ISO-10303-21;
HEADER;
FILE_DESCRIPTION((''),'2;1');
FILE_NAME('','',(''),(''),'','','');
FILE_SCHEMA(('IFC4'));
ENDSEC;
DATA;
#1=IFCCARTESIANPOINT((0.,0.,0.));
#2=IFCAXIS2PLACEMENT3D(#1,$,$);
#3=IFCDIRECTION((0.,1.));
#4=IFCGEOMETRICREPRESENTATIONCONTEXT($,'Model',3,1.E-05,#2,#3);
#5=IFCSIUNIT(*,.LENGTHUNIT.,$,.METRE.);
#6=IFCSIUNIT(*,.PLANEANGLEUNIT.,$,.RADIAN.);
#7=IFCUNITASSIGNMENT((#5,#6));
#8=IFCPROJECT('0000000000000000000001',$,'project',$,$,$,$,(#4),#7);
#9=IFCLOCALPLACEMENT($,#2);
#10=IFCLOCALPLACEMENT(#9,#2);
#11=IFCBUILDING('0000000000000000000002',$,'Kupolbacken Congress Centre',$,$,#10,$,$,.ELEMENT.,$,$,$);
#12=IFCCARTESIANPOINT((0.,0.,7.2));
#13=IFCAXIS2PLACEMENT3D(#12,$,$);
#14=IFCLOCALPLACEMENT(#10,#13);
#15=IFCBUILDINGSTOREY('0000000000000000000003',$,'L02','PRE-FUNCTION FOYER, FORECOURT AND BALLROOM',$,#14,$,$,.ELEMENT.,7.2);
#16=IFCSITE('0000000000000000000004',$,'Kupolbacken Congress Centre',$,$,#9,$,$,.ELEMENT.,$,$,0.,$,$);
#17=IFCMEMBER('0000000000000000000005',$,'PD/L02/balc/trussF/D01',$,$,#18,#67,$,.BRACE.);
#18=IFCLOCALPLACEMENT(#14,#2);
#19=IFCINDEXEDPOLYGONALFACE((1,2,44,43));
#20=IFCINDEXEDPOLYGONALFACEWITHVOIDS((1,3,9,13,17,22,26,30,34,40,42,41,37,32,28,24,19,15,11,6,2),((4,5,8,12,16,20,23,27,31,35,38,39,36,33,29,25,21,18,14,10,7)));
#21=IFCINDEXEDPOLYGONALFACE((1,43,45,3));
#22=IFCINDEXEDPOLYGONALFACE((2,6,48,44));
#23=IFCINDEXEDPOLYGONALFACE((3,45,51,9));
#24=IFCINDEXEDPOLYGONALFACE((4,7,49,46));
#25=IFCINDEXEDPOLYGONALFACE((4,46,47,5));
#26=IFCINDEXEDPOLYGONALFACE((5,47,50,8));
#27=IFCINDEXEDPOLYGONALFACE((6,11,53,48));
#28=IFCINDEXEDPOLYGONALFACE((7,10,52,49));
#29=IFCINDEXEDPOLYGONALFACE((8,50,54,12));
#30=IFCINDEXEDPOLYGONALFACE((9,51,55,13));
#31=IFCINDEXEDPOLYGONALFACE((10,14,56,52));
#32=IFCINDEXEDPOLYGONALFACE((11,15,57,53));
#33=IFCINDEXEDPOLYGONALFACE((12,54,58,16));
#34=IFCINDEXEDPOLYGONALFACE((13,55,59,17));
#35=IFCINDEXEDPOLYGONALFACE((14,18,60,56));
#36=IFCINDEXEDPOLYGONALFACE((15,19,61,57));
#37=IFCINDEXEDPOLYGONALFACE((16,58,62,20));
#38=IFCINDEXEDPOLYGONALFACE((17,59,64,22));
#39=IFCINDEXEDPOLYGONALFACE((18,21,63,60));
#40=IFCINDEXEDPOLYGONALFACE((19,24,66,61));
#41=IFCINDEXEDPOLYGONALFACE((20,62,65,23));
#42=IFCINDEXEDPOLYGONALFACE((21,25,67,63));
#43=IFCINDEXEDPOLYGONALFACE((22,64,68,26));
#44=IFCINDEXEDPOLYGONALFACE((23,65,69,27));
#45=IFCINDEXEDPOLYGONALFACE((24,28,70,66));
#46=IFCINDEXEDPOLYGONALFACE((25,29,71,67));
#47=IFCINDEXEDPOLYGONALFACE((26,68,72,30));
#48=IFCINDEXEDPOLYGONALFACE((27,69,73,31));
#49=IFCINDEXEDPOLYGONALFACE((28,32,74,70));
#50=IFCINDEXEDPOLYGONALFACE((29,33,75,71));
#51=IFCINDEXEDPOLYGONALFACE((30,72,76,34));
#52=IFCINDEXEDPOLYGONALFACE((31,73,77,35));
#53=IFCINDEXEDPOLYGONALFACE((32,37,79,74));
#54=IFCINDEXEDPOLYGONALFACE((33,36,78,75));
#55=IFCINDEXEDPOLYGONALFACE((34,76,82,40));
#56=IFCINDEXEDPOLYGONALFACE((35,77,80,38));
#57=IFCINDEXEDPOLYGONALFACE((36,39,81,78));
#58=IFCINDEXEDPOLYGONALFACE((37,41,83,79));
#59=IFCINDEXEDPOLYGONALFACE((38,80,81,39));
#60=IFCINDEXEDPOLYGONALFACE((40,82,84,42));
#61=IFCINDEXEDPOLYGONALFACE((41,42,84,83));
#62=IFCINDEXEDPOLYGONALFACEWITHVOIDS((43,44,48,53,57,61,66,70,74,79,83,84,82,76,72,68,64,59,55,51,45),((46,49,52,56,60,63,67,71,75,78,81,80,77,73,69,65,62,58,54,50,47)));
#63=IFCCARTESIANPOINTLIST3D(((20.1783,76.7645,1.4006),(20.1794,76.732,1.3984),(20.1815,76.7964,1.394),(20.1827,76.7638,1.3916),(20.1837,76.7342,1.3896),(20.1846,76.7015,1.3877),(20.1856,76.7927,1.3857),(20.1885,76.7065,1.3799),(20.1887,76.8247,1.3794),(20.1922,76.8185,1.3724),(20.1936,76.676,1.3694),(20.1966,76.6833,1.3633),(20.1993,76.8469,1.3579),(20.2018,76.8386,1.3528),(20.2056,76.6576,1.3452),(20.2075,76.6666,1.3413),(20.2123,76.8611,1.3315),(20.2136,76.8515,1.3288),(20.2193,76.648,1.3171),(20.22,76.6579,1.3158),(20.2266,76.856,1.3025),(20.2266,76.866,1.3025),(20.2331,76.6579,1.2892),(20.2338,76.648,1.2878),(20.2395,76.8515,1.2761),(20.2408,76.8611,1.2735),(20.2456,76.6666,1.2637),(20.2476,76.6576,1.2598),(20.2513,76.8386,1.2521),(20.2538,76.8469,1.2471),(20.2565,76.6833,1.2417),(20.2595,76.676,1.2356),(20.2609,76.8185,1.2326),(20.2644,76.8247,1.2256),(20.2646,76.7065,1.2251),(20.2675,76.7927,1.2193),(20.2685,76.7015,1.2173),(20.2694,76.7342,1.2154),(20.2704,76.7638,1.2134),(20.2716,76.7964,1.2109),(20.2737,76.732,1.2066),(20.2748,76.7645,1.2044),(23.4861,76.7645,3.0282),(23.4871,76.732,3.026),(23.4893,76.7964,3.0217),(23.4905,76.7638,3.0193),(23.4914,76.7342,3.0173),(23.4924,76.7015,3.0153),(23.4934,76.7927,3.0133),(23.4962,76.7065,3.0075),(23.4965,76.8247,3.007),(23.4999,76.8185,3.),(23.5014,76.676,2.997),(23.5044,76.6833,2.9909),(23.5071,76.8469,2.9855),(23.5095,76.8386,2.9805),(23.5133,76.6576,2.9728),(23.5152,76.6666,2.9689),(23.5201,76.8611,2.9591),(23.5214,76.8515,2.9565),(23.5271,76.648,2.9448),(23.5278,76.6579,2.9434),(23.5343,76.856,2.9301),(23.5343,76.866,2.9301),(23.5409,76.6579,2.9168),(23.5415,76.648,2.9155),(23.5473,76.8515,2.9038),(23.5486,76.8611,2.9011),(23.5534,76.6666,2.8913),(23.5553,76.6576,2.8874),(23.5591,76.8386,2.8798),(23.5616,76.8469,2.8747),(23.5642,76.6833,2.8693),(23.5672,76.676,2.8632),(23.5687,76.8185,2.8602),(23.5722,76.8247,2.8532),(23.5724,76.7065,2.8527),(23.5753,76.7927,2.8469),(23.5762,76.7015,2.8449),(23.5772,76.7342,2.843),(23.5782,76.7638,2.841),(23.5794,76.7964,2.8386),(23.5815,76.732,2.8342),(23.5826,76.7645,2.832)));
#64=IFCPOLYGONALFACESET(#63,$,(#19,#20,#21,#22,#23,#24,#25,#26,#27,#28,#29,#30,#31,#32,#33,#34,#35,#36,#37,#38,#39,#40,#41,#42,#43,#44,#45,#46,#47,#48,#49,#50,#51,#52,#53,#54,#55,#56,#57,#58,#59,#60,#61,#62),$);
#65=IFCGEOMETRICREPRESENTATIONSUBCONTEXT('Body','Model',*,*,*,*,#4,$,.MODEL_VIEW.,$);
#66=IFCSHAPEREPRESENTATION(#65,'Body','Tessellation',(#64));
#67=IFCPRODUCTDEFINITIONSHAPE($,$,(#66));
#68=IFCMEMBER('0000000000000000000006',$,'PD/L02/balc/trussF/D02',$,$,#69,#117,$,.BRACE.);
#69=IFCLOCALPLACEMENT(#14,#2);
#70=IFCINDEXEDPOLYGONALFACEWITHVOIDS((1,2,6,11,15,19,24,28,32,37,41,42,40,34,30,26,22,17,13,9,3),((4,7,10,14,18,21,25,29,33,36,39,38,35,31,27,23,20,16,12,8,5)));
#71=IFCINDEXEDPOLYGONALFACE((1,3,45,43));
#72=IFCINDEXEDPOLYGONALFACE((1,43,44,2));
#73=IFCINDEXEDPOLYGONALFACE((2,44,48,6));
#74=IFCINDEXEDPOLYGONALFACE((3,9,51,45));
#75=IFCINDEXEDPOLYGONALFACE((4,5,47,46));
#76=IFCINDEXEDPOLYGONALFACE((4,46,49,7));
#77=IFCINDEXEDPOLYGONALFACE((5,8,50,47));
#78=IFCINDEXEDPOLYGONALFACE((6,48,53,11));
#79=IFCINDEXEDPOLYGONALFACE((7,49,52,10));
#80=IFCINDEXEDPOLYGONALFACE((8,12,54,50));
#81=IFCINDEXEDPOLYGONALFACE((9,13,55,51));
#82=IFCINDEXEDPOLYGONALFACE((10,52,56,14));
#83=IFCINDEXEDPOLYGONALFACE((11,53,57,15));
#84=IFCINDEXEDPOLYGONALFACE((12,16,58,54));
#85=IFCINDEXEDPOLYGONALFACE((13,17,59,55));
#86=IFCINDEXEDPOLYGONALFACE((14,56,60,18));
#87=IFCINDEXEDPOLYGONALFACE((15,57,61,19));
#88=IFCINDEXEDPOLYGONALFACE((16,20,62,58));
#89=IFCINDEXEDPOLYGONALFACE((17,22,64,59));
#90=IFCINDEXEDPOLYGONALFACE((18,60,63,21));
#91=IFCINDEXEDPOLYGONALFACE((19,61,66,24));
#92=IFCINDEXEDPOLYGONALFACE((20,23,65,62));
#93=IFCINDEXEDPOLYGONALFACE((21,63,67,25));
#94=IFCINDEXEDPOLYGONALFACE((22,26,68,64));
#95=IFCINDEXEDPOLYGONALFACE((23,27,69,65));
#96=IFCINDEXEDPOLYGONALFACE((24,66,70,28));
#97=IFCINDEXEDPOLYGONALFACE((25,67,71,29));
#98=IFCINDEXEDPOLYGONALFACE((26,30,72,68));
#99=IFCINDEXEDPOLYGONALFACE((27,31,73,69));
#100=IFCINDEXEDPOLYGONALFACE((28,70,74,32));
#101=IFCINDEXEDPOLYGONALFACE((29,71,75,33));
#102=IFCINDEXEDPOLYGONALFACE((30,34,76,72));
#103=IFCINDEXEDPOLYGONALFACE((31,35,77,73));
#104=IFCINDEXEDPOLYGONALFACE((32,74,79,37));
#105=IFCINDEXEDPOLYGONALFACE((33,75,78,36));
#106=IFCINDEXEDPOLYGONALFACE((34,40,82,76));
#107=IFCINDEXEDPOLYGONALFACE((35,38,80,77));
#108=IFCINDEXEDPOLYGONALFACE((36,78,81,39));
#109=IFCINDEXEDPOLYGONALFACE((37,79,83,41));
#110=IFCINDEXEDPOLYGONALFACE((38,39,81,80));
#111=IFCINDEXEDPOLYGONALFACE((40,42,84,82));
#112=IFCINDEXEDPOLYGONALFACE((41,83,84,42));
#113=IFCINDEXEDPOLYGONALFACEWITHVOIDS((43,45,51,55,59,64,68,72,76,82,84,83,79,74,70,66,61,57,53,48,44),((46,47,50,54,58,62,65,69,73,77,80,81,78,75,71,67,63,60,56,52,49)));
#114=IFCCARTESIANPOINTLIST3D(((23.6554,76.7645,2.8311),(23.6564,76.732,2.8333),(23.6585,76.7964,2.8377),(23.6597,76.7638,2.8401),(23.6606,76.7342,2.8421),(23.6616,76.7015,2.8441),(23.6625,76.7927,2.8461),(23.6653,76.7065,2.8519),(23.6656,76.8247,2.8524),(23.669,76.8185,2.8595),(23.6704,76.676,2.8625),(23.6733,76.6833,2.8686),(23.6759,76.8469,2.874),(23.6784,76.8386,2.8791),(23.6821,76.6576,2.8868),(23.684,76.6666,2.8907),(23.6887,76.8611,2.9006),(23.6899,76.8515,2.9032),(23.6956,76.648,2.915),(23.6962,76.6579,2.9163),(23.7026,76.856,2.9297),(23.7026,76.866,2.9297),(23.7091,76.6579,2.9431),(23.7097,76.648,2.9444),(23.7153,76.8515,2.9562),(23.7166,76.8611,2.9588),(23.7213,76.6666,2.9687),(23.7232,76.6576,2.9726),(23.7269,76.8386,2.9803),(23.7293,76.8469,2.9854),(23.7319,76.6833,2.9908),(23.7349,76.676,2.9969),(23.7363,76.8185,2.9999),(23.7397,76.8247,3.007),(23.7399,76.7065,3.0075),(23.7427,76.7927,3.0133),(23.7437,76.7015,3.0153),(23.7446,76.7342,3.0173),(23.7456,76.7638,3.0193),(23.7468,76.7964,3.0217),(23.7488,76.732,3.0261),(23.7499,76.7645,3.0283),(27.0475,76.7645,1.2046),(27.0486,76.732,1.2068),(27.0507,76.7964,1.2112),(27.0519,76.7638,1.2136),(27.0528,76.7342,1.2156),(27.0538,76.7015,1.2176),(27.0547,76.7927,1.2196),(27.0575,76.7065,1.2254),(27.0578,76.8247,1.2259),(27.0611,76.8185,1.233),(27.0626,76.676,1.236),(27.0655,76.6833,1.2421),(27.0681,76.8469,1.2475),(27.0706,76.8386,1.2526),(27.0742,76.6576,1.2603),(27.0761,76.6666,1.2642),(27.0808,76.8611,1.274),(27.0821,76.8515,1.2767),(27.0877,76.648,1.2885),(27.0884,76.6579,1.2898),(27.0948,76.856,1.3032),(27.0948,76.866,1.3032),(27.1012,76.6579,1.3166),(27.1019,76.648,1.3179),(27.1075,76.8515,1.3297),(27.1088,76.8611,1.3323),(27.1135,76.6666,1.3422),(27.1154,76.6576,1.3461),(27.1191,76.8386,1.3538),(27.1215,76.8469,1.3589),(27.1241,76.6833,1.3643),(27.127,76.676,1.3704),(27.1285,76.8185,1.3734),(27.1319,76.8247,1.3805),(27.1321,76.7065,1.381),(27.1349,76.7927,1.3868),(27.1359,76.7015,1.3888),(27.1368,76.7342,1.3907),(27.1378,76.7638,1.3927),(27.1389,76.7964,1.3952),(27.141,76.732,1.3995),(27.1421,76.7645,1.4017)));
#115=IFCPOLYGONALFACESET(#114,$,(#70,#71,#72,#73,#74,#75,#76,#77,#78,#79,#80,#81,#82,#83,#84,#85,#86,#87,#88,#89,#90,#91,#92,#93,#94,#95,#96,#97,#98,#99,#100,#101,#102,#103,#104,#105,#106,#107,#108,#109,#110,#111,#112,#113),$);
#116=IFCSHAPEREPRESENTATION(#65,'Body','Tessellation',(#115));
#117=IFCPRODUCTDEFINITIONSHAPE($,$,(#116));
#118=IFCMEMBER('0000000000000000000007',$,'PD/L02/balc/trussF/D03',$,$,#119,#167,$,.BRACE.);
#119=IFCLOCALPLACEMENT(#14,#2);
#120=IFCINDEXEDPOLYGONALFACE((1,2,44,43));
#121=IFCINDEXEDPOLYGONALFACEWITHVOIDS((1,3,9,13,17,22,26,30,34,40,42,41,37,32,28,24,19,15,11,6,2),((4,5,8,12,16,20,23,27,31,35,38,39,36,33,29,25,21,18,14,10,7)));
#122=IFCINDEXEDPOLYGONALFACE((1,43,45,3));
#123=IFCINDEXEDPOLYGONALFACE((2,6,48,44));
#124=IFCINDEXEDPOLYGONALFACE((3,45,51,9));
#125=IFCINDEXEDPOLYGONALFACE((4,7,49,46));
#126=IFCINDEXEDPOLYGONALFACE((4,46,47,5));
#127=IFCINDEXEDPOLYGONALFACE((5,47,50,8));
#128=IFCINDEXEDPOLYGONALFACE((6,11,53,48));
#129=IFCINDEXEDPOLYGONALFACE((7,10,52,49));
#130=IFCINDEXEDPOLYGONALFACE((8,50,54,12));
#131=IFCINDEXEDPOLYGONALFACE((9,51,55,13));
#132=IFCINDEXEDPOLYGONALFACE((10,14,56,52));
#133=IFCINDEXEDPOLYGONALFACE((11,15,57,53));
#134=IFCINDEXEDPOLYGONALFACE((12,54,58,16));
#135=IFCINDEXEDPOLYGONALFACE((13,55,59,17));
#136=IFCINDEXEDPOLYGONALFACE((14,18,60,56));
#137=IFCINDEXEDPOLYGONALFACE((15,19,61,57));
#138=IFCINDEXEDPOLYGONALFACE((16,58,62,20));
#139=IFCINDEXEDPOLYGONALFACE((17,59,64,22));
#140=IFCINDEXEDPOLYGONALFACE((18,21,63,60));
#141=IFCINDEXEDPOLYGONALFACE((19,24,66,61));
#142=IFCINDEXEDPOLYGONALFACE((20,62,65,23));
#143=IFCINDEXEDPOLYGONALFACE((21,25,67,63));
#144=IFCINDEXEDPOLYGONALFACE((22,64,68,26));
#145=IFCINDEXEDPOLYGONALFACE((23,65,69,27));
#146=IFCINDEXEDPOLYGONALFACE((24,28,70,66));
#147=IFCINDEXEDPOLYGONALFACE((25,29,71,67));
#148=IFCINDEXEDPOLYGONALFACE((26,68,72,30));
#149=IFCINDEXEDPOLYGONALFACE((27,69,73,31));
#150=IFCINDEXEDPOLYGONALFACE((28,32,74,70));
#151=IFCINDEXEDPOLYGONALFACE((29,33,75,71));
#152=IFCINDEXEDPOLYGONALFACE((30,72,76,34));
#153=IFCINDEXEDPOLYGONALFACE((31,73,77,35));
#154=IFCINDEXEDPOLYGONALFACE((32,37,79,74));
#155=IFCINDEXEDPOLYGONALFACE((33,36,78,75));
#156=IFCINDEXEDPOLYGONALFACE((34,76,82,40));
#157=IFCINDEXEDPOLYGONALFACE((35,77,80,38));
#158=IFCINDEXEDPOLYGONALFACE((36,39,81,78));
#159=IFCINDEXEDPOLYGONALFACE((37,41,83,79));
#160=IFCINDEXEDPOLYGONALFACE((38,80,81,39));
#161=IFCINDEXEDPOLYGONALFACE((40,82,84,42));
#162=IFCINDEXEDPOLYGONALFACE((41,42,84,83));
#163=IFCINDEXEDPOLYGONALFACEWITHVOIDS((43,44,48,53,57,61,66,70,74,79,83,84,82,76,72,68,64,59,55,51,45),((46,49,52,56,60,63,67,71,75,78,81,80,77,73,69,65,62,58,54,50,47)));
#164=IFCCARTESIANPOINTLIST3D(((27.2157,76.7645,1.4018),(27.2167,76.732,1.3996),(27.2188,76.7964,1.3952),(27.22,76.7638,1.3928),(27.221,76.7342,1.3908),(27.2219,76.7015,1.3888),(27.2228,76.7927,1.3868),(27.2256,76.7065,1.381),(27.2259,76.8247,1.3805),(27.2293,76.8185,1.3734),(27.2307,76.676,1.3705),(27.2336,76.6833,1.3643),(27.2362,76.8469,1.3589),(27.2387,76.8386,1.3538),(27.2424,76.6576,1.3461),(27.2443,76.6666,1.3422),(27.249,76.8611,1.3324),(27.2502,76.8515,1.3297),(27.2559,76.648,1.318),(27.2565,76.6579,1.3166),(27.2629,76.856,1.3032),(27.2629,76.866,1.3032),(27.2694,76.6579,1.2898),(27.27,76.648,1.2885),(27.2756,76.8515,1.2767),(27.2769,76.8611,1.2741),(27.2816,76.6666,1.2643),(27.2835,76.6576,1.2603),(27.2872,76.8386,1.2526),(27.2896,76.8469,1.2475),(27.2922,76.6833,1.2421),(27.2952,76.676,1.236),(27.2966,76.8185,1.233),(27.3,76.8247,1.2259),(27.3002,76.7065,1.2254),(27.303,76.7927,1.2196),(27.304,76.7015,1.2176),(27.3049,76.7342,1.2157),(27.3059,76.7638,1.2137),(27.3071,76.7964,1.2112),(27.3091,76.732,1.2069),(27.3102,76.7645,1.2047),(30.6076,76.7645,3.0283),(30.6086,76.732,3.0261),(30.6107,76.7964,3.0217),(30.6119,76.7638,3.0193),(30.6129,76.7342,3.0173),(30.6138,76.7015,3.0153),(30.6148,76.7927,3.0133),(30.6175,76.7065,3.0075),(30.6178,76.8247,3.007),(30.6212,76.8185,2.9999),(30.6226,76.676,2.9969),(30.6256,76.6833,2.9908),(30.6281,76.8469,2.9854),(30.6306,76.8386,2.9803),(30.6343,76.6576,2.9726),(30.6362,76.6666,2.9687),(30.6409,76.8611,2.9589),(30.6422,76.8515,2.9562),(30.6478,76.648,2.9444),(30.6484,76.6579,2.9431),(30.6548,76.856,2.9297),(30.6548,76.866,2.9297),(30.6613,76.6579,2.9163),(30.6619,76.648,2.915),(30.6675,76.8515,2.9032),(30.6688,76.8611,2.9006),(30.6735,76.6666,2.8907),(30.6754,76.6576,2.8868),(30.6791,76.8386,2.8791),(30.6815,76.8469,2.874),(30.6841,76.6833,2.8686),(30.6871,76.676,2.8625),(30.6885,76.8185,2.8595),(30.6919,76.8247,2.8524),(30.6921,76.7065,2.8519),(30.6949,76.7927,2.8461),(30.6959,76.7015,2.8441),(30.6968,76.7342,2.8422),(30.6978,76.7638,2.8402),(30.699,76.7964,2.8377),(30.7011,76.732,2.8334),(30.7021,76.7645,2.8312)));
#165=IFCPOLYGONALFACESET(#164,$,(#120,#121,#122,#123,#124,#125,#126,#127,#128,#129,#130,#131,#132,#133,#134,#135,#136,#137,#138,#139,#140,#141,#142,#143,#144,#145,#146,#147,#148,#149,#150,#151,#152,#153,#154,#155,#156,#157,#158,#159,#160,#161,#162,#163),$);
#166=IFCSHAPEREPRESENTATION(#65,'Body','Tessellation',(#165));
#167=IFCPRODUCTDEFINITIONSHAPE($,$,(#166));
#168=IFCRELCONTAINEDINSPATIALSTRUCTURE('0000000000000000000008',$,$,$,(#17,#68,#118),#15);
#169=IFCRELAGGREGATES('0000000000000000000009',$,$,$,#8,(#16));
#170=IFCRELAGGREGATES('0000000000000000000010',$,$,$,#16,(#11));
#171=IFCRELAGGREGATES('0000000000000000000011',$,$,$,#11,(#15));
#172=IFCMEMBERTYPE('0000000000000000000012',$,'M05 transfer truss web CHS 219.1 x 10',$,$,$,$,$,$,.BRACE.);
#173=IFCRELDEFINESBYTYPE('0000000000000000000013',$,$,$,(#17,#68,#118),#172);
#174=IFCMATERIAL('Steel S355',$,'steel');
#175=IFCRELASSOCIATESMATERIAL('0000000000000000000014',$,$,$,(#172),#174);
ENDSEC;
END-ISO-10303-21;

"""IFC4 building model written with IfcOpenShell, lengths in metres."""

from ifc_helpers import new_model, si_unit, direction, frame, origin, origin_2d, place, context, subcontext, project, spatial, hollow_circle, extrude, material, material_profile, profile_set, type_object, element, save


model = new_model("IFC4")

# Units and contexts
model_context = context("Model", 3, precision=1e-05, world=origin(), true_north=direction((0.0, 1.0)))
body_context = subcontext(model_context, "Body", "Model", "MODEL_VIEW")
ifc_project = project(units=[si_unit("LENGTHUNIT", "METRE"), si_unit("PLANEANGLEUNIT", "RADIAN")], contexts=[model_context])

# Site, building, storey
site_placement = place(None, origin())
site = spatial("IfcSite", under=ifc_project, at=site_placement, Name="Kupolbacken Congress Centre", CompositionType="ELEMENT", RefElevation=0.0)
building_placement = place(site_placement, origin())
building = spatial("IfcBuilding", under=site, at=building_placement, Name="Kupolbacken Congress Centre", CompositionType="ELEMENT")
storey_placement = place(building_placement, frame((0.0, 0.0, 7.2)))
storey = spatial("IfcBuildingStorey", under=building, at=storey_placement, Name="L02", Description="PRE-FUNCTION FOYER, FORECOURT AND BALLROOM", CompositionType="ELEMENT", Elevation=7.2)

# Members
ifc_material_1 = material(Name="Steel S355", Category="steel")
ifc_material_profile_1 = material_profile(ifc_material_1, hollow_circle(Radius=0.1096, WallThickness=0.01, at=origin_2d()), Name="CHS 219.1 x 10")
ifc_profile_set_1 = profile_set([ifc_material_profile_1], Name="Steel S355")
member_type_1 = type_object("IfcMemberType", Name="M05 transfer truss web CHS 219.1 x 10", PredefinedType="BRACE", material=ifc_profile_set_1)
member_1_placement = place(storey_placement, frame((20.2266, 76.7563, 1.3025), z_axis=(0.897257, 0.0, 0.441509), x_axis=(0.0, 1.0, 0.0)))
element("IfcMember", 1, at=member_1_placement, inside=storey, type_object=member_type_1, Name="PD/L02/balc/trussF/D01", PredefinedType="BRACE", context=body_context, shape_type="SweptSolid", body=[
    extrude(hollow_circle(Radius=0.1096, WallThickness=0.01, at=origin_2d()), origin(), (0.0, 0.0, 1.0), 3.6865),
])
member_2_placement = place(storey_placement, frame((23.7026, 76.7563, 2.9297), z_axis=(0.901703, 0.0, -0.432355), x_axis=(0.0, 1.0, 0.0)))
element("IfcMember", 2, at=member_2_placement, inside=storey, type_object=member_type_1, Name="PD/L02/balc/trussF/D02", PredefinedType="BRACE", context=body_context, shape_type="SweptSolid", body=[
    extrude(hollow_circle(Radius=0.1096, WallThickness=0.01, at=origin_2d()), origin(), (0.0, 0.0, 1.0), 3.762),
])
for number, where, z_axis, x_axis, name in (
    (3, (27.2629, 76.7563, 1.3032), (0.901691, 0.0, 0.432381), (0.0, 1.0, 0.0), "PD/L02/balc/trussF/D03"),
):
    element("IfcMember", number, at=place(storey_placement, frame(where, z_axis=z_axis, x_axis=x_axis)), inside=storey, type_object=member_type_1, Name=name, PredefinedType="BRACE", context=body_context, shape_type="SweptSolid", body=[
        extrude(hollow_circle(Radius=0.1096, WallThickness=0.01, at=origin_2d()), origin(), (0.0, 0.0, 1.0), 3.7617),
    ])

save(model, "model.ifc")
